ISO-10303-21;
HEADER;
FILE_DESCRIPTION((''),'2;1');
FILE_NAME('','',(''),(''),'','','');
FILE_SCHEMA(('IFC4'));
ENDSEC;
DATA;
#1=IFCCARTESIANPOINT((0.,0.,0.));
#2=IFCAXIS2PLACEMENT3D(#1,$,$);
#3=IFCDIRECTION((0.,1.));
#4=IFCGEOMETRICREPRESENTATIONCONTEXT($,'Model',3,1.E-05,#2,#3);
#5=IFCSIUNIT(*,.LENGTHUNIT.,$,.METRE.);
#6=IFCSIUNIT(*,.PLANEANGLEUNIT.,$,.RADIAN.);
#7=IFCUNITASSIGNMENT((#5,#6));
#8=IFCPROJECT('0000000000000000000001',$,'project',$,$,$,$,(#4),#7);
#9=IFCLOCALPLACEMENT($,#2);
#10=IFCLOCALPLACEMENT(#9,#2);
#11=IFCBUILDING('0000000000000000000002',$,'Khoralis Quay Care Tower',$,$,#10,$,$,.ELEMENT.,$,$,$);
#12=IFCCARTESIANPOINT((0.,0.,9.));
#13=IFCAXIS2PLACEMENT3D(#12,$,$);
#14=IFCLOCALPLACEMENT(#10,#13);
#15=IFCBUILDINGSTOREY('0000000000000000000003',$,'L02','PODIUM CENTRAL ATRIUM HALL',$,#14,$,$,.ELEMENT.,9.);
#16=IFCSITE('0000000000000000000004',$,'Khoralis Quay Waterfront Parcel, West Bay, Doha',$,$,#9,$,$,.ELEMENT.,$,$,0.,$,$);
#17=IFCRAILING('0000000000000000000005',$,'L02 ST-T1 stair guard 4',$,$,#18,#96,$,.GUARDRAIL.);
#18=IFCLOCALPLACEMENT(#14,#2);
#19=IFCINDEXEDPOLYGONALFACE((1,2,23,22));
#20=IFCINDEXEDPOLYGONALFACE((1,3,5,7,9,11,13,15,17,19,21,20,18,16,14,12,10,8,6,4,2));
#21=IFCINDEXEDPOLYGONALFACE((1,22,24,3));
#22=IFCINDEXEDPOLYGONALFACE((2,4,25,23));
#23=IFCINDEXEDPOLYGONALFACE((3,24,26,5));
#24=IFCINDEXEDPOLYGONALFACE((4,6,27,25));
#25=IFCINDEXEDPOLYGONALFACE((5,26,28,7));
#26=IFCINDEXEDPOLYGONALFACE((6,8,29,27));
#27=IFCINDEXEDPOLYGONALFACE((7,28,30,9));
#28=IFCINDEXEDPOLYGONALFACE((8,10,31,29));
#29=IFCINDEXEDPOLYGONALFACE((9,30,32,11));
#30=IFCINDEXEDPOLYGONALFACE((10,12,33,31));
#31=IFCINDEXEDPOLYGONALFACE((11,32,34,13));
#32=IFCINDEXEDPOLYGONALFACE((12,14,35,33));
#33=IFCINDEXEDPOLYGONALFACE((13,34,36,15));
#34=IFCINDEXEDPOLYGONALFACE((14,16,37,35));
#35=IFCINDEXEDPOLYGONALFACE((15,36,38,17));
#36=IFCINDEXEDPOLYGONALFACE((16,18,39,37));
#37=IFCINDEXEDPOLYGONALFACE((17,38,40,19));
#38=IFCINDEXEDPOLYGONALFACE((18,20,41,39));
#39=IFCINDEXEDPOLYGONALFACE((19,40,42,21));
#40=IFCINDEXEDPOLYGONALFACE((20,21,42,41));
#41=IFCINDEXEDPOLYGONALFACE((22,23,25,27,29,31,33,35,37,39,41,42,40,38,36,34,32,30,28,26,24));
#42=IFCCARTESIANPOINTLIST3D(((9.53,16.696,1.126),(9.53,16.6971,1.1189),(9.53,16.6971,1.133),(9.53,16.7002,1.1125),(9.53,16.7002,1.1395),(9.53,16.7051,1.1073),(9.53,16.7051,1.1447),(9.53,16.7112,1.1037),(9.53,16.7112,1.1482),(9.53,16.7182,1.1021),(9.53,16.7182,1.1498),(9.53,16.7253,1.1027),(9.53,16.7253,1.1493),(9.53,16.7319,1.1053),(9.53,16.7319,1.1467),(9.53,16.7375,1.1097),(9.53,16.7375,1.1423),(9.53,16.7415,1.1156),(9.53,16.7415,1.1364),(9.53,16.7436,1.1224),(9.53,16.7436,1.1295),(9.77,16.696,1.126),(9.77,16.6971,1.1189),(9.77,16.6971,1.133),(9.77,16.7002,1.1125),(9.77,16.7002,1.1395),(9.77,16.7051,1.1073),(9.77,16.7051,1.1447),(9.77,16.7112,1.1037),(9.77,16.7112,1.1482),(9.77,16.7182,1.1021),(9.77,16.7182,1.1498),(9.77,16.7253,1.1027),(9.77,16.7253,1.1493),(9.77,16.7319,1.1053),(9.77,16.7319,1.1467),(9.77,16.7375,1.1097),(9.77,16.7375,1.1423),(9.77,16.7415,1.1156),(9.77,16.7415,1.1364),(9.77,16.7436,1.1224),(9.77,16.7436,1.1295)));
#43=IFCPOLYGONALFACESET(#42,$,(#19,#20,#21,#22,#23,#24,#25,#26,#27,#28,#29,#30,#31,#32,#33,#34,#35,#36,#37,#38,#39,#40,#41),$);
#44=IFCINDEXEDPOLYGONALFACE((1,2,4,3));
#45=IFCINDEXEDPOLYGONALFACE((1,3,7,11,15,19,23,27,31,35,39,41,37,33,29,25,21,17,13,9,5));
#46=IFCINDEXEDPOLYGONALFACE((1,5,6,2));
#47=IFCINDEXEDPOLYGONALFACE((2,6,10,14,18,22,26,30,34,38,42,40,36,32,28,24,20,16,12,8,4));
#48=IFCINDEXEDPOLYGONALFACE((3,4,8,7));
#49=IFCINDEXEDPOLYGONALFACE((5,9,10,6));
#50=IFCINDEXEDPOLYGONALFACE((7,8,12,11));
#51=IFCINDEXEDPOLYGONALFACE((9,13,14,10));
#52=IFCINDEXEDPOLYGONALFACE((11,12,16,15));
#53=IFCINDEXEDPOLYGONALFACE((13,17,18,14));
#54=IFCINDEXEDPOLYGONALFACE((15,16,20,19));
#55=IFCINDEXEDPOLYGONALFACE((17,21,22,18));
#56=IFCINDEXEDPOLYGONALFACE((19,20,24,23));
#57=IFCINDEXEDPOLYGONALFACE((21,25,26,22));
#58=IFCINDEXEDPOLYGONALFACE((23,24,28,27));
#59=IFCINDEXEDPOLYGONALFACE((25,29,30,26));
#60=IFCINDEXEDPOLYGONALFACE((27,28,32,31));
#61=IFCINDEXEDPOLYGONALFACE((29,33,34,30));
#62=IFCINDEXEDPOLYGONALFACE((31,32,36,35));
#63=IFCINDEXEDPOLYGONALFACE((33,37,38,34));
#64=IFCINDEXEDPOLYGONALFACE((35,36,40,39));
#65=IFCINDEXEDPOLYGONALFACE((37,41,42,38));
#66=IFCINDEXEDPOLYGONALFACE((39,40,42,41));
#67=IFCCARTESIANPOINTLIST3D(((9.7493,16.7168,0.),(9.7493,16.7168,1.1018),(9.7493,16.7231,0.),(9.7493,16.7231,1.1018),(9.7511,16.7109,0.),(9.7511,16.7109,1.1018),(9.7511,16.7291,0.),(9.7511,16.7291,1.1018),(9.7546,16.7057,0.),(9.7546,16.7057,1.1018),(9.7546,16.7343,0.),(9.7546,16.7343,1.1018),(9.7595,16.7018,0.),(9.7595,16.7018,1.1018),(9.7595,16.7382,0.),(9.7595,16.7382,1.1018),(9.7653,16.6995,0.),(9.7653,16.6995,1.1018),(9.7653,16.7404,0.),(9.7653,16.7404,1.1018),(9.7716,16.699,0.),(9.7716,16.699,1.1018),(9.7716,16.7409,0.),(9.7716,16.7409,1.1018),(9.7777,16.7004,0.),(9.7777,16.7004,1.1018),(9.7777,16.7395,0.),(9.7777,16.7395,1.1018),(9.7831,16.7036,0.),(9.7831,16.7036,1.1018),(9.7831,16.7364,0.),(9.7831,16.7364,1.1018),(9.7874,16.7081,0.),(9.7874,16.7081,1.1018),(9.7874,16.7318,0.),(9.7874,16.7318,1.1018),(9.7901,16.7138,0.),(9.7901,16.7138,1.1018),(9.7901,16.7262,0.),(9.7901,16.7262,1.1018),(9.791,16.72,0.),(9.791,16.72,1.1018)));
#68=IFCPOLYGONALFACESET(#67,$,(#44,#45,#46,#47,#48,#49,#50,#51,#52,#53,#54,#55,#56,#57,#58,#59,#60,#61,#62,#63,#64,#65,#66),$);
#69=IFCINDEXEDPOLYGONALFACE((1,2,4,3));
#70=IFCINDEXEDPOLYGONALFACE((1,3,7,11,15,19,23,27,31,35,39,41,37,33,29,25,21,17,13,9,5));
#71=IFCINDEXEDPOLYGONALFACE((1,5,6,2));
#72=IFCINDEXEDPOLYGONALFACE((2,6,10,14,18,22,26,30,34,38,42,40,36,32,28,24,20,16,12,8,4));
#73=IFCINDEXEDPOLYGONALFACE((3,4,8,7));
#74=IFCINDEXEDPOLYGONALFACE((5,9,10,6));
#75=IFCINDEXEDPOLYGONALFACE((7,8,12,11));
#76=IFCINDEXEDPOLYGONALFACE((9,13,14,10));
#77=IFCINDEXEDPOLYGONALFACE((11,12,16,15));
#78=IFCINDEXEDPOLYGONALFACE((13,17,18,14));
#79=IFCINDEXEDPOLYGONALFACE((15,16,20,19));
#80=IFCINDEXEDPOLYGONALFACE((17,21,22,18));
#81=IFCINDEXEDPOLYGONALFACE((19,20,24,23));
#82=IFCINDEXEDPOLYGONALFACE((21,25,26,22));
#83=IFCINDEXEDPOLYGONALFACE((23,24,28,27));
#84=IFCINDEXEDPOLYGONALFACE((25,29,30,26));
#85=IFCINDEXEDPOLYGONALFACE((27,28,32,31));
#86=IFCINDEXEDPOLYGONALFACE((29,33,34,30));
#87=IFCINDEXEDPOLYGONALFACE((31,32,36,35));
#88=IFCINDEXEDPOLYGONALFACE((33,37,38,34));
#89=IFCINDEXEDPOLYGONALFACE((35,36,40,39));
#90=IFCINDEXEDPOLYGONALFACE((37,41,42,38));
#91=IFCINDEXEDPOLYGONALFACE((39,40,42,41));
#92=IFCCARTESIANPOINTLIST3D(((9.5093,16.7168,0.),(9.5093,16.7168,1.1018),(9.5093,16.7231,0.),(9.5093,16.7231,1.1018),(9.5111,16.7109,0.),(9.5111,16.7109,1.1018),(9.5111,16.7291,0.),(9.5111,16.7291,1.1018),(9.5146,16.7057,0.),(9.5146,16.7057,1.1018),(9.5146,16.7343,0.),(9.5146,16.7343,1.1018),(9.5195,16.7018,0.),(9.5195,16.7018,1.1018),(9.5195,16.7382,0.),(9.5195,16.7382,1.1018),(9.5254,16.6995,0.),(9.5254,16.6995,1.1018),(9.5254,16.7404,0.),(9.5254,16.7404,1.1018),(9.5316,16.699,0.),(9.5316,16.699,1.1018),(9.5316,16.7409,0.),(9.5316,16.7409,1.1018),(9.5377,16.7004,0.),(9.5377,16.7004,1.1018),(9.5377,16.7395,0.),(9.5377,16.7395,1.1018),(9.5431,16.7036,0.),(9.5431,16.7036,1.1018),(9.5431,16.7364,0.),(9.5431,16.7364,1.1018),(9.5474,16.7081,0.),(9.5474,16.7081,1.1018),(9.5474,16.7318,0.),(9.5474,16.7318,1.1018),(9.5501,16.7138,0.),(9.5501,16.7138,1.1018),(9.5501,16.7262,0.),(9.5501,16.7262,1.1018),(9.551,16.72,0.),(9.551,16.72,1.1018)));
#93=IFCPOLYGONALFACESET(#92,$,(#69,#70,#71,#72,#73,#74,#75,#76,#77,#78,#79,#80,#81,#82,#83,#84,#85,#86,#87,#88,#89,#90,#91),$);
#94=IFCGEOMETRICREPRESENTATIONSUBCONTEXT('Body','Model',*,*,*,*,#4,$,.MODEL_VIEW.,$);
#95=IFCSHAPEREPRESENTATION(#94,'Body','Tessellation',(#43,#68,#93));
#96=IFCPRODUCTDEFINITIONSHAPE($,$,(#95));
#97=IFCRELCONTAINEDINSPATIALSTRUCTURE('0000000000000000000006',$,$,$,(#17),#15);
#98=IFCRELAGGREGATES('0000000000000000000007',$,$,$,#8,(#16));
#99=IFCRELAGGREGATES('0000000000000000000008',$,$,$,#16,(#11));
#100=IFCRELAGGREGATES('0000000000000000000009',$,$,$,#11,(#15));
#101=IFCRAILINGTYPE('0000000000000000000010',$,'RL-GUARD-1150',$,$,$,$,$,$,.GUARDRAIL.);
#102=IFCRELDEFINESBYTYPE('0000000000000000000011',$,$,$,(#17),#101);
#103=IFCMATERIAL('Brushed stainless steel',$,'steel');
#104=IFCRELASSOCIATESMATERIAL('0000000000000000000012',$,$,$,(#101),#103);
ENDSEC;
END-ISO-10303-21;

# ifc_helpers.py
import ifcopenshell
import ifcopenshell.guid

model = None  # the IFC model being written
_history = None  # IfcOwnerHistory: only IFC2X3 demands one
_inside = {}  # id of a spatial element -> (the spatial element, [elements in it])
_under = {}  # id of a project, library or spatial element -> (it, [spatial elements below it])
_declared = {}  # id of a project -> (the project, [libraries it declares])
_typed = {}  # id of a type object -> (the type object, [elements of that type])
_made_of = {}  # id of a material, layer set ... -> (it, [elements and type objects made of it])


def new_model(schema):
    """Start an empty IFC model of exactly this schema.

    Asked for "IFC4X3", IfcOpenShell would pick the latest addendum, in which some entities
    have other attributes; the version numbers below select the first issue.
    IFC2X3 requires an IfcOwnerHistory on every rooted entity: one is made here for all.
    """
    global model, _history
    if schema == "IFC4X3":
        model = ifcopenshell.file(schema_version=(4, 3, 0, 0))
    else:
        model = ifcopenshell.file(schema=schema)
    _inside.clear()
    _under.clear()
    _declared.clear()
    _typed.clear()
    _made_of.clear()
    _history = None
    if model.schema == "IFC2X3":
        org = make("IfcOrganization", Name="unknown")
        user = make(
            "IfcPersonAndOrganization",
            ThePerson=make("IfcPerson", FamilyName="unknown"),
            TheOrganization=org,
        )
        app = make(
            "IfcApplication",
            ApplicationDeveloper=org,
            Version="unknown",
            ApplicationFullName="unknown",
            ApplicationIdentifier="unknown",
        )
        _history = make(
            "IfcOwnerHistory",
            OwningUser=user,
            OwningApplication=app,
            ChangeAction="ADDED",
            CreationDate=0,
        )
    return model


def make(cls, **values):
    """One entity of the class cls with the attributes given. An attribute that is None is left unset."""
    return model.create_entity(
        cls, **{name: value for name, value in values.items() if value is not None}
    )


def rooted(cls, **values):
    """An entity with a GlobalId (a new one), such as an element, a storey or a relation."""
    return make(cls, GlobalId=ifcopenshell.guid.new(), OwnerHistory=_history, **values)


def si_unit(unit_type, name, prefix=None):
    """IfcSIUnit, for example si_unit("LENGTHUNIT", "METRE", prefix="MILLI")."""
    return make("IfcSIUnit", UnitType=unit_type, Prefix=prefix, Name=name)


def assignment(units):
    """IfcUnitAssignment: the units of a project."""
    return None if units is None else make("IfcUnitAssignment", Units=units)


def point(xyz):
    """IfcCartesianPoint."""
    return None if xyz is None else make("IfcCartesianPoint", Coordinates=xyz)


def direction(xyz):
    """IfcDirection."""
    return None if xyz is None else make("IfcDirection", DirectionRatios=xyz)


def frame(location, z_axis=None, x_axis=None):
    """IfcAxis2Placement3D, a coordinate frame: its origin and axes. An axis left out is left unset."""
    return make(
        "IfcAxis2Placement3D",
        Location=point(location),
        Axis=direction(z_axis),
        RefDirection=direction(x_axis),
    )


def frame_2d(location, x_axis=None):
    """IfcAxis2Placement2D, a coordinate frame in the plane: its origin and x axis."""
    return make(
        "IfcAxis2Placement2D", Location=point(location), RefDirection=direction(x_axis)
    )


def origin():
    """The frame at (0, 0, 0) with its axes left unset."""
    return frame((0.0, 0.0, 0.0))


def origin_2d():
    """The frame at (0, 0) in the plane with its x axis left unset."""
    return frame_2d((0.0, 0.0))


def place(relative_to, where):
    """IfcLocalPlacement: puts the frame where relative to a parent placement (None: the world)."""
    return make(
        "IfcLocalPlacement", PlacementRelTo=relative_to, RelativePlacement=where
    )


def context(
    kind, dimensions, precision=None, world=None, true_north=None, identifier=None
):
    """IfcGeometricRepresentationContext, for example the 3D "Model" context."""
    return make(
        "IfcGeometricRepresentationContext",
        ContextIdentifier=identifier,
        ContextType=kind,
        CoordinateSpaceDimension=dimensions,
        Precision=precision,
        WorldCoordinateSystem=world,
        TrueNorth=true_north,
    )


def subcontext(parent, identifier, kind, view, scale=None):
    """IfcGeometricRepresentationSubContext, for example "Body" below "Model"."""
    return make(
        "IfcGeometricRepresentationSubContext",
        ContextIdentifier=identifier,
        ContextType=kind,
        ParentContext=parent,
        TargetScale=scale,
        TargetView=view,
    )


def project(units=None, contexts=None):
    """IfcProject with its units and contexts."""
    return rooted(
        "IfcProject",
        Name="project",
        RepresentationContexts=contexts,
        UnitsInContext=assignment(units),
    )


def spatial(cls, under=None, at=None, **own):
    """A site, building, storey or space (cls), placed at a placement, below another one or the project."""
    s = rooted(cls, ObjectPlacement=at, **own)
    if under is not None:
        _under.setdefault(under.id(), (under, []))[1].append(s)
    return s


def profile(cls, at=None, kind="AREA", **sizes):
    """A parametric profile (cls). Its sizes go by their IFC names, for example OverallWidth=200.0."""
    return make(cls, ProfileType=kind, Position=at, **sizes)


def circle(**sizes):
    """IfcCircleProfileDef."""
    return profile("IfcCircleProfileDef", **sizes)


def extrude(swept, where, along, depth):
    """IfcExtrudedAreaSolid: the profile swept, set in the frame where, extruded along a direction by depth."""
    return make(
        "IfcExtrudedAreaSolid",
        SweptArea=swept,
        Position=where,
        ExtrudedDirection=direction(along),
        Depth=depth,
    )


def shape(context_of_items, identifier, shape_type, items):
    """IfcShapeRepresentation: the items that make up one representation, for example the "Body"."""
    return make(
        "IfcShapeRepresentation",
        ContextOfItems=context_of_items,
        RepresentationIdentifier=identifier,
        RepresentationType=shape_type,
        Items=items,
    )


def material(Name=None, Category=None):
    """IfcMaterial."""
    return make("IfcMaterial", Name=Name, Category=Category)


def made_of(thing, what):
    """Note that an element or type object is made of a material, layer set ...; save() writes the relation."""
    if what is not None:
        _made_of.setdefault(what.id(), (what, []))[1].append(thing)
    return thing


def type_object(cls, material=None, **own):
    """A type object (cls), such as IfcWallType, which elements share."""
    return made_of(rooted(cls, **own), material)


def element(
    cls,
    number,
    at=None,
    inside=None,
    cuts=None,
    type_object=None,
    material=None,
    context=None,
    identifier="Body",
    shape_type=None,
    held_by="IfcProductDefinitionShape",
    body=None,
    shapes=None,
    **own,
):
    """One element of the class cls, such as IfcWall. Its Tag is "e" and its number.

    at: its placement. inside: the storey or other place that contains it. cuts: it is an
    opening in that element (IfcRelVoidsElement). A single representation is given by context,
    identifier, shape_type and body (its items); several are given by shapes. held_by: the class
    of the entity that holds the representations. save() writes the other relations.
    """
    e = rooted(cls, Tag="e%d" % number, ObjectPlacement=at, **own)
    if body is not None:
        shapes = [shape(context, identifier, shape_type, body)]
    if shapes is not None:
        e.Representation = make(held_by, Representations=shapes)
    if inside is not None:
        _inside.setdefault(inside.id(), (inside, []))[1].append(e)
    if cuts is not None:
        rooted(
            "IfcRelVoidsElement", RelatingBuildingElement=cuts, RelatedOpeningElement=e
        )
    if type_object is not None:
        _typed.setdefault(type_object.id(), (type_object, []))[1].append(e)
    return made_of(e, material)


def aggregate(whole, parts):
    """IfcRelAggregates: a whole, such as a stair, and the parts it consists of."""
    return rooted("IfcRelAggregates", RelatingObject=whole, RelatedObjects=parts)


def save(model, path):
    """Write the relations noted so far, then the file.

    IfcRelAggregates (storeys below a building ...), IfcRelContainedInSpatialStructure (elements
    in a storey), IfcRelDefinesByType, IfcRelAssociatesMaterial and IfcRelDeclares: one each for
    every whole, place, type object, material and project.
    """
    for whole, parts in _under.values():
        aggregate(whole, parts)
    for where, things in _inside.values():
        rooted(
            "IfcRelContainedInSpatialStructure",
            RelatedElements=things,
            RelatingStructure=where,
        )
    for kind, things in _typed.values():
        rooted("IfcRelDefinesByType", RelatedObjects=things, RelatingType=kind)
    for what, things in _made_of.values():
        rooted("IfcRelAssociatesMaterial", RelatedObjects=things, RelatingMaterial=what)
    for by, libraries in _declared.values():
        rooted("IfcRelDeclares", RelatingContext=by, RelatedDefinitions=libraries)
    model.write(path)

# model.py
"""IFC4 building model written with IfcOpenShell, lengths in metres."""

from ifc_helpers import new_model, si_unit, direction, frame, origin, origin_2d, place, context, subcontext, project, spatial, circle, extrude, material, type_object, element, save


model = new_model("IFC4")

# Units and contexts
model_context = context("Model", 3, precision=1e-05, world=origin(), true_north=direction((0.0, 1.0)))
body_context = subcontext(model_context, "Body", "Model", "MODEL_VIEW")
ifc_project = project(units=[si_unit("LENGTHUNIT", "METRE"), si_unit("PLANEANGLEUNIT", "RADIAN")], contexts=[model_context])

# Site, building, storey
site_placement = place(None, origin())
site = spatial("IfcSite", under=ifc_project, at=site_placement, Name="Khoralis Quay Waterfront Parcel, West Bay, Doha", CompositionType="ELEMENT", RefElevation=0.0)
building_placement = place(site_placement, origin())
building = spatial("IfcBuilding", under=site, at=building_placement, Name="Khoralis Quay Care Tower", CompositionType="ELEMENT")
storey_placement = place(building_placement, frame((0.0, 0.0, 9.0)))
storey = spatial("IfcBuildingStorey", under=building, at=storey_placement, Name="L02", Description="PODIUM CENTRAL ATRIUM HALL", CompositionType="ELEMENT", Elevation=9.0)

# Shared definitions
ifc_material_1 = material(Name="Brushed stainless steel", Category="steel")

# Railing
railing_type_1 = type_object("IfcRailingType", Name="RL-GUARD-1150", PredefinedType="GUARDRAIL", material=ifc_material_1)
railing_1_placement = place(storey_placement, frame((9.77, 16.72, 0.0)))
element("IfcRailing", 1, at=railing_1_placement, inside=storey, type_object=railing_type_1, Name="L02 ST-T1 stair guard 4", PredefinedType="GUARDRAIL", context=body_context, shape_type="SweptSolid", body=[
    extrude(circle(Radius=0.0239, at=origin_2d()), frame((0.0, 0.0, 1.126), z_axis=(-1.0, 0.0, 0.0), x_axis=(0.0, -1.0, 0.0)), (0.0, 0.0, 1.0), 0.24),
    extrude(circle(Radius=0.021, at=origin_2d()), origin(), (0.0, 0.0, 1.0), 1.1018),
    extrude(circle(Radius=0.021, at=origin_2d()), frame((-0.24, 0.0, 0.0)), (0.0, 0.0, 1.0), 1.1018),
])

save(model, "model.ifc")
